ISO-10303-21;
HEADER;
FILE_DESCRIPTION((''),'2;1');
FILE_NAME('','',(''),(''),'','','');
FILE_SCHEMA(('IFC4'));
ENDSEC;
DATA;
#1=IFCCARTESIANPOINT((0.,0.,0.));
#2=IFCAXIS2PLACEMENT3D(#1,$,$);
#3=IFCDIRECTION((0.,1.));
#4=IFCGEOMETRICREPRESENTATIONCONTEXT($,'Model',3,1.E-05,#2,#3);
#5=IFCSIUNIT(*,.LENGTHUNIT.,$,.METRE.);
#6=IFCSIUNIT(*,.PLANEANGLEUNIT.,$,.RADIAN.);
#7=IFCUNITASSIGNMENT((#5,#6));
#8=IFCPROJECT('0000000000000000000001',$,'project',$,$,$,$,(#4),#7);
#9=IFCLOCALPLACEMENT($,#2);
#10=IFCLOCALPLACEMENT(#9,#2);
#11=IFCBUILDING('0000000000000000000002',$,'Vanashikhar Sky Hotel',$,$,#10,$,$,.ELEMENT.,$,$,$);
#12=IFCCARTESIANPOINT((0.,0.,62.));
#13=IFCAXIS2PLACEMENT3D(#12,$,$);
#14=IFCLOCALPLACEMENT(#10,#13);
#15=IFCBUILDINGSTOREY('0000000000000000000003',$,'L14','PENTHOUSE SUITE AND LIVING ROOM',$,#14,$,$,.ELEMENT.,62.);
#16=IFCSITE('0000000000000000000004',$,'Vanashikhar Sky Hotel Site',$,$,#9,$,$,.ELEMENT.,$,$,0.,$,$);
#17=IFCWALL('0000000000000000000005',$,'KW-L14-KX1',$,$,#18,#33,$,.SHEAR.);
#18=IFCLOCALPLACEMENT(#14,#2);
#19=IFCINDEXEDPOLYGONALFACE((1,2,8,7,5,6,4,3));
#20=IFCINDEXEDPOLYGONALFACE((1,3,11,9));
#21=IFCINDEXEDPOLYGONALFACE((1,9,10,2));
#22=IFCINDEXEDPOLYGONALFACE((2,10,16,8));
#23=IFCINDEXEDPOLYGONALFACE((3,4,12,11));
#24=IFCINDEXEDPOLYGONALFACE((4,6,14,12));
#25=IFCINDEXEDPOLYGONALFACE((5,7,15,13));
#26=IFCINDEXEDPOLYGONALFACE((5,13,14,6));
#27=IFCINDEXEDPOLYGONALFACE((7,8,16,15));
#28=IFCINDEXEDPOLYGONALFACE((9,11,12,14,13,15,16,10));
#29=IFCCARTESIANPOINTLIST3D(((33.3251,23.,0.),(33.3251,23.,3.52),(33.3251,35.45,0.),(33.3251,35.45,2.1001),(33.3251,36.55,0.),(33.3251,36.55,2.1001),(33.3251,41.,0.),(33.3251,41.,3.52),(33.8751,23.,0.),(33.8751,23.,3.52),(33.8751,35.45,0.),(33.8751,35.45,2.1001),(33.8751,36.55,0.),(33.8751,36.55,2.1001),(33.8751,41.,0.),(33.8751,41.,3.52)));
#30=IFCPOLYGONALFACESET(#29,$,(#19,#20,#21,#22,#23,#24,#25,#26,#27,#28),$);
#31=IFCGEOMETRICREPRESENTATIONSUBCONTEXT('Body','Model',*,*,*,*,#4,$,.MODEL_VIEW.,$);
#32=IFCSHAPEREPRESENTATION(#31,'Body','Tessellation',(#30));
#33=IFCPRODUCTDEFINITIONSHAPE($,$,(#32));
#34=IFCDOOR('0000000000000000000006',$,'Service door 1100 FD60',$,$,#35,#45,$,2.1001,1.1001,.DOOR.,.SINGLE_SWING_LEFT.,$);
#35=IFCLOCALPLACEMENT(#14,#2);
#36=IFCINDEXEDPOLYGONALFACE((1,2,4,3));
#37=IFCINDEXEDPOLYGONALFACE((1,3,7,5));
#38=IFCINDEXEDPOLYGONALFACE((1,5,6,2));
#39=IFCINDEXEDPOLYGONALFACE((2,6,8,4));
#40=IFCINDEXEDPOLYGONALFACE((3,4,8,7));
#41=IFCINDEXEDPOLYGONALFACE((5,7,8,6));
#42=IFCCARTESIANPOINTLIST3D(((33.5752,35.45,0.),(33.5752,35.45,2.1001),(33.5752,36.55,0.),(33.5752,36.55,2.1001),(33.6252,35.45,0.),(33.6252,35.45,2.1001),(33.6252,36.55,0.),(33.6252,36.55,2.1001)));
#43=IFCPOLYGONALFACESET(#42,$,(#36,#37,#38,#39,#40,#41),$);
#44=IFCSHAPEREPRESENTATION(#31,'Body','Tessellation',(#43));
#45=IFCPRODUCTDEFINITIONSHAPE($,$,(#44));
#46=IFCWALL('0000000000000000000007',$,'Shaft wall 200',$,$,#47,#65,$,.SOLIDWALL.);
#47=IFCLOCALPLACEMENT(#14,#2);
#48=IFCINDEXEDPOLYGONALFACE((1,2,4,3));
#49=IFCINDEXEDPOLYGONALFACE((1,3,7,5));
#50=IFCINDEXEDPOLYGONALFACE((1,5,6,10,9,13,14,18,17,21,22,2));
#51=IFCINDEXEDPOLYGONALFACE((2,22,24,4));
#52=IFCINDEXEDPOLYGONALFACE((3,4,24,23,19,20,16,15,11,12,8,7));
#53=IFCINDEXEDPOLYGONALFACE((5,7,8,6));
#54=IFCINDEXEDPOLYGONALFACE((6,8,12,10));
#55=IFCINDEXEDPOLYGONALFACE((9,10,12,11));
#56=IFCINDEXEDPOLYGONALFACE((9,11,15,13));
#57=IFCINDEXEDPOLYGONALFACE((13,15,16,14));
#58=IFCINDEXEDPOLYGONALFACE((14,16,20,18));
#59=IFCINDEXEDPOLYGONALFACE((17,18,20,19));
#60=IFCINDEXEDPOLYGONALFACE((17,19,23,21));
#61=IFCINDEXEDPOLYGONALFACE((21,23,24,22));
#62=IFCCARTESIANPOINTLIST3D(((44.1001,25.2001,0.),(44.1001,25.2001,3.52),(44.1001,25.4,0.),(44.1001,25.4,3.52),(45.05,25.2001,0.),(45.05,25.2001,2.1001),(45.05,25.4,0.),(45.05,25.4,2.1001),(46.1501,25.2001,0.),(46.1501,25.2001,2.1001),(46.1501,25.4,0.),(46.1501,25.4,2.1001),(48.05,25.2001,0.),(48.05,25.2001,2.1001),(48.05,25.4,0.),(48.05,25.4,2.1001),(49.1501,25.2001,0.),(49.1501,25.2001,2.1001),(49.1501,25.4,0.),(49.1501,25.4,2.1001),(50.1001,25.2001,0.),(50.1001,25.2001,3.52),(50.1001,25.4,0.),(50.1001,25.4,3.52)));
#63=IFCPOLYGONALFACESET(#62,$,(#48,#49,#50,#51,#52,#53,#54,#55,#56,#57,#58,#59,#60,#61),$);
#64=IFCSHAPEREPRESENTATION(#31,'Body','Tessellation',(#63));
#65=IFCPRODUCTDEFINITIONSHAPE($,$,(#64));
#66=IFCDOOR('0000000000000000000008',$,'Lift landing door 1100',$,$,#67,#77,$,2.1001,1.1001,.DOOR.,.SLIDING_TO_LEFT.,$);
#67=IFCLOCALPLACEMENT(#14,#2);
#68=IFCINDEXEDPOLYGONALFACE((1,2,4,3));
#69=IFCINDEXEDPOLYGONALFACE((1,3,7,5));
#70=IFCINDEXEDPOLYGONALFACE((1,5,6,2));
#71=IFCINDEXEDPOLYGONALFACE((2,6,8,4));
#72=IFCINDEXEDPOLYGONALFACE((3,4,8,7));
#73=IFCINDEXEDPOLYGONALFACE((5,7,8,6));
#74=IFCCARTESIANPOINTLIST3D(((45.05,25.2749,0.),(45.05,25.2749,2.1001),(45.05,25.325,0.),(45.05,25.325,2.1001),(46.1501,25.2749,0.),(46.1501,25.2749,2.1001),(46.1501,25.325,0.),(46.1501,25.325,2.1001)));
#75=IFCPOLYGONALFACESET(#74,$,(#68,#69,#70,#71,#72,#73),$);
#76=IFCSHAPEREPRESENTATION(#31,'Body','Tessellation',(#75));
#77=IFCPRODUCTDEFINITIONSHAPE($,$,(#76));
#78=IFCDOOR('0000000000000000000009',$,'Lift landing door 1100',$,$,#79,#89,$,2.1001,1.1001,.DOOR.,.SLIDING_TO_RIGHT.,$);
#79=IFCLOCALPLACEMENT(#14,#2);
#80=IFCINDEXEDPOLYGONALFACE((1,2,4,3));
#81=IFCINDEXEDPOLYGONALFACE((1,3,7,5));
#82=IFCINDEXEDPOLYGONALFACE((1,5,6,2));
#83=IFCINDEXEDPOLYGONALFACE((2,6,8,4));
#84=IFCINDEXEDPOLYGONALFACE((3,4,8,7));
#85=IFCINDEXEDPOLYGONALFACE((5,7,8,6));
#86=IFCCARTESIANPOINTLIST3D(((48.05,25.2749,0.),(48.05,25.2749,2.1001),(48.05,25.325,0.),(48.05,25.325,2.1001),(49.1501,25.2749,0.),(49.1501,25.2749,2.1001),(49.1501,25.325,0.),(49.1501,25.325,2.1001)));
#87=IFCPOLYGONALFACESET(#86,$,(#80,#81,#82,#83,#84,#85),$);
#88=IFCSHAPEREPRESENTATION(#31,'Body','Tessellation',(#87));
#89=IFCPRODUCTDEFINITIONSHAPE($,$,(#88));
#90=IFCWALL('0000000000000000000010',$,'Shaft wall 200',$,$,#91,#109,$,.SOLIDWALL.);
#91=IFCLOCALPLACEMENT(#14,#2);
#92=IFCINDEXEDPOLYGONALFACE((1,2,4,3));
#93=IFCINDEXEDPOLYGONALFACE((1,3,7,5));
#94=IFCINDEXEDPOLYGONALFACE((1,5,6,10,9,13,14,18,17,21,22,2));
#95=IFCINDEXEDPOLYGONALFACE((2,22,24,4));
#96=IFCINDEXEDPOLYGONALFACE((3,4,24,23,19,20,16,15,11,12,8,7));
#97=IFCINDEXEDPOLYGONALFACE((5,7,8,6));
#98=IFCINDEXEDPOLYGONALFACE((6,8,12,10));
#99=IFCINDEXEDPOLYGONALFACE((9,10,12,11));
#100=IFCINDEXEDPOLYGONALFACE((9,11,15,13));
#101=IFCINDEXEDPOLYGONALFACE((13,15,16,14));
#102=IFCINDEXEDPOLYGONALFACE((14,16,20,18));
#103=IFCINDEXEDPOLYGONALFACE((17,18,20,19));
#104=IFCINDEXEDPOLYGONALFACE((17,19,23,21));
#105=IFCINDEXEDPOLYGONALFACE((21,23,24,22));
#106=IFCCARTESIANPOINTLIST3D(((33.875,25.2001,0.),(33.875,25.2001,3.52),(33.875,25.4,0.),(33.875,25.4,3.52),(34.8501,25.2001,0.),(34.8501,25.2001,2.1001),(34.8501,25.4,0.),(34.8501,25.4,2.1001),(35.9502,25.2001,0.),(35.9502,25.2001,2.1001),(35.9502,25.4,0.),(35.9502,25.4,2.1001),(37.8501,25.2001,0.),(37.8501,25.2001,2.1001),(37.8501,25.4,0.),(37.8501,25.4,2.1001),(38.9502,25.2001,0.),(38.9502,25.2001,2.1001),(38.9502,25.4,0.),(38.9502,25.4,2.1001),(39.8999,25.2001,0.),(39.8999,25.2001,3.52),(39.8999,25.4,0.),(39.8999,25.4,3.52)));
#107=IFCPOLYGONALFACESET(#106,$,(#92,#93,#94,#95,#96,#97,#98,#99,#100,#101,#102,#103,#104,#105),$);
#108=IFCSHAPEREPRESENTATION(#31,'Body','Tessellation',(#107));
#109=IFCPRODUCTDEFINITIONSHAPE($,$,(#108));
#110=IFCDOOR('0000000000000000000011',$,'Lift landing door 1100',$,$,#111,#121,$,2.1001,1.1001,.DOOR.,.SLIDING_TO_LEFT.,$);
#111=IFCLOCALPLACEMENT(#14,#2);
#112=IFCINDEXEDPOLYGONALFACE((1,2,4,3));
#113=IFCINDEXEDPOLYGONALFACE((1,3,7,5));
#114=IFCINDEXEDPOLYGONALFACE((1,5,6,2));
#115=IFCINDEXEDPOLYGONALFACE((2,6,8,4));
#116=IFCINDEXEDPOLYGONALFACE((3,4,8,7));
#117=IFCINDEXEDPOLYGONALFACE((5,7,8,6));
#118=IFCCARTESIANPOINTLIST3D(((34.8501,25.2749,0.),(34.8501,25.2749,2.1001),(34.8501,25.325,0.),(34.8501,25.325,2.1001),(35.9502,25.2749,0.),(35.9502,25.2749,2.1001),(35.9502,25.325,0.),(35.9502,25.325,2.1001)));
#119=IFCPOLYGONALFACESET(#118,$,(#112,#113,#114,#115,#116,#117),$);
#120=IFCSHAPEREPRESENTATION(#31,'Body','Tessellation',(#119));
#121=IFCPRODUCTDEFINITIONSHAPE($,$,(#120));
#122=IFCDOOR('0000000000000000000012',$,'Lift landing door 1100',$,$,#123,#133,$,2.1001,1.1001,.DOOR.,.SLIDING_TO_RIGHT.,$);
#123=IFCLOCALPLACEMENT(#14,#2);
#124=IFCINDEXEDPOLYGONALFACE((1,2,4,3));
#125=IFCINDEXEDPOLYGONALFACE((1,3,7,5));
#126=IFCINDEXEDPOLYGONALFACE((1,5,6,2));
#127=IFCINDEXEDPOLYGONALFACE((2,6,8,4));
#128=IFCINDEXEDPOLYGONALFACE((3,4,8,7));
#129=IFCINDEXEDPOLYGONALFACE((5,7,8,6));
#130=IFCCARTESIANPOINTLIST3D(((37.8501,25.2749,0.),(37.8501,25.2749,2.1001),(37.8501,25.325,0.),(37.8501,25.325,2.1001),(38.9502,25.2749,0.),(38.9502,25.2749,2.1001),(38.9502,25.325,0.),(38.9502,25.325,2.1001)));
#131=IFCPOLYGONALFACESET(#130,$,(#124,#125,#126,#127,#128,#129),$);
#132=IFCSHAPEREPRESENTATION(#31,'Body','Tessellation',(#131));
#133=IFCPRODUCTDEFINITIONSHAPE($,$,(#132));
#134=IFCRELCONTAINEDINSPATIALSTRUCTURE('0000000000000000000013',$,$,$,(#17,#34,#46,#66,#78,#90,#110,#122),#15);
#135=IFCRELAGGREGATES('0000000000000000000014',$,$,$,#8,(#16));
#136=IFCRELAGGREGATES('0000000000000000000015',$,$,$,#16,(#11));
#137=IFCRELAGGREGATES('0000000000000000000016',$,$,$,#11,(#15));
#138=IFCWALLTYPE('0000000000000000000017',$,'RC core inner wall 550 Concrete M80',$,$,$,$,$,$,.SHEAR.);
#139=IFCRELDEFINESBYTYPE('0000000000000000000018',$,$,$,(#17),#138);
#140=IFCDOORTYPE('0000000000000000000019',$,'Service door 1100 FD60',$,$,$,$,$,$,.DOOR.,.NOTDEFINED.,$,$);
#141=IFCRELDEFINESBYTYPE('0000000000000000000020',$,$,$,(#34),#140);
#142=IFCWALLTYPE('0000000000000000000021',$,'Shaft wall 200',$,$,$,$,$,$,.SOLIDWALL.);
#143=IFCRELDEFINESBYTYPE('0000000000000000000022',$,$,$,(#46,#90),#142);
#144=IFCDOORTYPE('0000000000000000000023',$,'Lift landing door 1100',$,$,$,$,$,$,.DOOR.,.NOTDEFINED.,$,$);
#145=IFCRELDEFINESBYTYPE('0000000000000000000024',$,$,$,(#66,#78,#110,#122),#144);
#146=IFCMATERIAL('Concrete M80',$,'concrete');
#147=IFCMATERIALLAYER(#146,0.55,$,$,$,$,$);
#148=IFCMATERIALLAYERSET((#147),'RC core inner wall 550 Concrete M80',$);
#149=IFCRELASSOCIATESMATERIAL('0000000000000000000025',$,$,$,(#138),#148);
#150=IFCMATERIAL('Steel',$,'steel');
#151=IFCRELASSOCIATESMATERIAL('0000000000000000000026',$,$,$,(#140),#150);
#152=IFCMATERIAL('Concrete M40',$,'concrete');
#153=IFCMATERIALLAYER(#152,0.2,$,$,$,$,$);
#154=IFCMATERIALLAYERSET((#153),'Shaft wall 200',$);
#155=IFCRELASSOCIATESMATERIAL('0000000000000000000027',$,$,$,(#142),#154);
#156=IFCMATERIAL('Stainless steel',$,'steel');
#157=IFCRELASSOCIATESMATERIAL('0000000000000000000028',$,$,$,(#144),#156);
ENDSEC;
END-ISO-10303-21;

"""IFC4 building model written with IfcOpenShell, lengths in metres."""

from ifc_helpers import new_model, si_unit, direction, frame, frame_2d, origin, place, context, subcontext, project, spatial, rectangle, extrude, source, transform, mapped, material, layer, layer_set, type_object, element, fill, save


model = new_model("IFC4")

# Units and contexts
model_context = context("Model", 3, precision=1e-05, world=origin(), true_north=direction((0.0, 1.0)))
body_context = subcontext(model_context, "Body", "Model", "MODEL_VIEW")
ifc_project = project(units=[si_unit("LENGTHUNIT", "METRE"), si_unit("PLANEANGLEUNIT", "RADIAN")], contexts=[model_context])

# Site, building, storey
site_placement = place(None, origin())
site = spatial("IfcSite", under=ifc_project, at=site_placement, Name="Vanashikhar Sky Hotel Site", CompositionType="ELEMENT", RefElevation=0.0)
building_placement = place(site_placement, origin())
building = spatial("IfcBuilding", under=site, at=building_placement, Name="Vanashikhar Sky Hotel", CompositionType="ELEMENT")
storey_placement = place(building_placement, frame((0.0, 0.0, 62.0)))
storey = spatial("IfcBuildingStorey", under=building, at=storey_placement, Name="L14", Description="PENTHOUSE SUITE AND LIVING ROOM", CompositionType="ELEMENT", Elevation=62.0)

# Wall, opening, door
ifc_material_1 = material(Name="Concrete M80", Category="concrete")
ifc_layer_1 = layer(ifc_material_1, 0.55)
ifc_layer_set_1 = layer_set([ifc_layer_1], Name="RC core inner wall 550 Concrete M80")
wall_type_1 = type_object("IfcWallType", Name="RC core inner wall 550 Concrete M80", PredefinedType="SHEAR", material=ifc_layer_set_1)
shared_shape_1 = source(origin(), body_context, "Body", "SweptSolid", [
    extrude(rectangle(XDim=18.0, YDim=0.55, at=frame_2d((9.0, 0.0))), origin(), (0.0, 0.0, 1.0), 3.52),
])
wall_1_placement = place(storey_placement, frame((33.6001, 23.0, 0.0), z_axis=(0.0, 0.0, 1.0), x_axis=(0.0, 1.0, 0.0)))
wall_1 = element("IfcWall", 1, at=wall_1_placement, inside=storey, type_object=wall_type_1, Name="KW-L14-KX1", PredefinedType="SHEAR", context=body_context, shape_type="MappedRepresentation", body=[
    mapped(shared_shape_1, transform((0.0, 0.0, 0.0), scale=1.0)),
])
shared_shape_2 = source(origin(), body_context, "Body", "SweptSolid", [
    extrude(rectangle(XDim=1.1001, YDim=2.1001, at=frame_2d((0.55, 1.05))), frame((0.0, 0.2852, 0.0), z_axis=(0.0, -1.0, 0.0), x_axis=(1.0, 0.0, 0.0)), (0.0, 0.0, 1.0), 0.5701),
])
opening_1_placement = place(wall_1_placement, frame((12.45, 0.0, 0.0)))
opening_1 = element("IfcOpeningElement", 2, at=opening_1_placement, cuts=wall_1, PredefinedType="OPENING", context=body_context, shape_type="MappedRepresentation", body=[
    mapped(shared_shape_2, transform((0.0, 0.0, 0.0), scale=1.0)),
])
ifc_material_2 = material(Name="Steel", Category="steel")
door_type_1 = type_object("IfcDoorType", Name="Service door 1100 FD60", OperationType="NOTDEFINED", PredefinedType="DOOR", material=ifc_material_2)
shared_shape_3 = source(origin(), body_context, "Body", "SweptSolid", [
    extrude(rectangle(XDim=1.1001, YDim=2.1001, at=frame_2d((0.55, 1.05))), frame((0.0, 0.0249, 0.0), z_axis=(0.0, -1.0, 0.0), x_axis=(1.0, 0.0, 0.0)), (0.0, 0.0, 1.0), 0.05),
])
door_1_placement = place(opening_1_placement, origin())
door_1 = element("IfcDoor", 3, at=door_1_placement, inside=storey, type_object=door_type_1, Name="Service door 1100 FD60", OperationType="SINGLE_SWING_LEFT", OverallHeight=2.1001, OverallWidth=1.1001, PredefinedType="DOOR", context=body_context, shape_type="MappedRepresentation", body=[
    mapped(shared_shape_3, transform((0.0, 0.0, 0.0), scale=1.0)),
])
fill(opening_1, door_1)

# Walls, openings, doors
ifc_material_3 = material(Name="Concrete M40", Category="concrete")
ifc_layer_2 = layer(ifc_material_3, 0.2)
ifc_layer_set_2 = layer_set([ifc_layer_2], Name="Shaft wall 200")
wall_type_2 = type_object("IfcWallType", Name="Shaft wall 200", PredefinedType="SOLIDWALL", material=ifc_layer_set_2)
shared_shape_4 = source(origin(), body_context, "Body", "SweptSolid", [
    extrude(rectangle(XDim=6.0, YDim=0.2, at=frame_2d((3.0, 0.0))), origin(), (0.0, 0.0, 1.0), 3.52),
])
wall_2_placement = place(storey_placement, frame((44.1001, 25.3, 0.0), z_axis=(0.0, 0.0, 1.0), x_axis=(1.0, 0.0, 0.0)))
wall_2 = element("IfcWall", 4, at=wall_2_placement, inside=storey, type_object=wall_type_2, Name="Shaft wall 200", PredefinedType="SOLIDWALL", context=body_context, shape_type="MappedRepresentation", body=[
    mapped(shared_shape_4, transform((0.0, 0.0, 0.0), scale=1.0)),
])
shared_shape_5 = source(origin(), body_context, "Body", "SweptSolid", [
    extrude(rectangle(XDim=1.1001, YDim=2.1001, at=frame_2d((0.55, 1.05))), frame((0.0, 0.1099, 0.0), z_axis=(0.0, -1.0, 0.0), x_axis=(1.0, 0.0, 0.0)), (0.0, 0.0, 1.0), 0.22),
])
opening_2_placement = place(wall_2_placement, frame((0.95, 0.0, 0.0)))
opening_2 = element("IfcOpeningElement", 5, at=opening_2_placement, cuts=wall_2, PredefinedType="OPENING", context=body_context, shape_type="MappedRepresentation", body=[
    mapped(shared_shape_5, transform((0.0, 0.0, 0.0), scale=1.0)),
])
opening_3_placement = place(wall_2_placement, frame((3.95, 0.0, 0.0)))
opening_3 = element("IfcOpeningElement", 6, at=opening_3_placement, cuts=wall_2, PredefinedType="OPENING", context=body_context, shape_type="MappedRepresentation", body=[
    mapped(shared_shape_5, transform((0.0, 0.0, 0.0), scale=1.0)),
])
ifc_material_4 = material(Name="Stainless steel", Category="steel")
door_type_2 = type_object("IfcDoorType", Name="Lift landing door 1100", OperationType="NOTDEFINED", PredefinedType="DOOR", material=ifc_material_4)
door_2_placement = place(opening_2_placement, origin())
door_2 = element("IfcDoor", 7, at=door_2_placement, inside=storey, type_object=door_type_2, Name="Lift landing door 1100", OperationType="SLIDING_TO_LEFT", OverallHeight=2.1001, OverallWidth=1.1001, PredefinedType="DOOR", context=body_context, shape_type="MappedRepresentation", body=[
    mapped(shared_shape_3, transform((0.0, 0.0, 0.0), scale=1.0)),
])
fill(opening_2, door_2)
door_3_placement = place(opening_3_placement, origin())
door_3 = element("IfcDoor", 8, at=door_3_placement, inside=storey, type_object=door_type_2, Name="Lift landing door 1100", OperationType="SLIDING_TO_RIGHT", OverallHeight=2.1001, OverallWidth=1.1001, PredefinedType="DOOR", context=body_context, shape_type="MappedRepresentation", body=[
    mapped(shared_shape_3, transform((0.0, 0.0, 0.0), scale=1.0)),
])
fill(opening_3, door_3)
shared_shape_6 = source(origin(), body_context, "Body", "SweptSolid", [
    extrude(rectangle(XDim=6.0249, YDim=0.2, at=frame_2d((3.0125, 0.0))), origin(), (0.0, 0.0, 1.0), 3.52),
])
wall_3_placement = place(storey_placement, frame((33.875, 25.3, 0.0), z_axis=(0.0, 0.0, 1.0), x_axis=(1.0, 0.0, 0.0)))
wall_3 = element("IfcWall", 9, at=wall_3_placement, inside=storey, type_object=wall_type_2, Name="Shaft wall 200", PredefinedType="SOLIDWALL", context=body_context, shape_type="MappedRepresentation", body=[
    mapped(shared_shape_6, transform((0.0, 0.0, 0.0), scale=1.0)),
])
opening_4_placement = place(wall_3_placement, frame((0.9751, 0.0, 0.0)))
opening_4 = element("IfcOpeningElement", 10, at=opening_4_placement, cuts=wall_3, PredefinedType="OPENING", context=body_context, shape_type="MappedRepresentation", body=[
    mapped(shared_shape_5, transform((0.0, 0.0, 0.0), scale=1.0)),
])
opening_5_placement = place(wall_3_placement, frame((3.9751, 0.0, 0.0)))
opening_5 = element("IfcOpeningElement", 11, at=opening_5_placement, cuts=wall_3, PredefinedType="OPENING", context=body_context, shape_type="MappedRepresentation", body=[
    mapped(shared_shape_5, transform((0.0, 0.0, 0.0), scale=1.0)),
])
door_4_placement = place(opening_4_placement, origin())
door_4 = element("IfcDoor", 12, at=door_4_placement, inside=storey, type_object=door_type_2, Name="Lift landing door 1100", OperationType="SLIDING_TO_LEFT", OverallHeight=2.1001, OverallWidth=1.1001, PredefinedType="DOOR", context=body_context, shape_type="MappedRepresentation", body=[
    mapped(shared_shape_3, transform((0.0, 0.0, 0.0), scale=1.0)),
])
fill(opening_4, door_4)
door_5_placement = place(opening_5_placement, origin())
door_5 = element("IfcDoor", 13, at=door_5_placement, inside=storey, type_object=door_type_2, Name="Lift landing door 1100", OperationType="SLIDING_TO_RIGHT", OverallHeight=2.1001, OverallWidth=1.1001, PredefinedType="DOOR", context=body_context, shape_type="MappedRepresentation", body=[
    mapped(shared_shape_3, transform((0.0, 0.0, 0.0), scale=1.0)),
])
fill(opening_5, door_5)

save(model, "model.ifc")
